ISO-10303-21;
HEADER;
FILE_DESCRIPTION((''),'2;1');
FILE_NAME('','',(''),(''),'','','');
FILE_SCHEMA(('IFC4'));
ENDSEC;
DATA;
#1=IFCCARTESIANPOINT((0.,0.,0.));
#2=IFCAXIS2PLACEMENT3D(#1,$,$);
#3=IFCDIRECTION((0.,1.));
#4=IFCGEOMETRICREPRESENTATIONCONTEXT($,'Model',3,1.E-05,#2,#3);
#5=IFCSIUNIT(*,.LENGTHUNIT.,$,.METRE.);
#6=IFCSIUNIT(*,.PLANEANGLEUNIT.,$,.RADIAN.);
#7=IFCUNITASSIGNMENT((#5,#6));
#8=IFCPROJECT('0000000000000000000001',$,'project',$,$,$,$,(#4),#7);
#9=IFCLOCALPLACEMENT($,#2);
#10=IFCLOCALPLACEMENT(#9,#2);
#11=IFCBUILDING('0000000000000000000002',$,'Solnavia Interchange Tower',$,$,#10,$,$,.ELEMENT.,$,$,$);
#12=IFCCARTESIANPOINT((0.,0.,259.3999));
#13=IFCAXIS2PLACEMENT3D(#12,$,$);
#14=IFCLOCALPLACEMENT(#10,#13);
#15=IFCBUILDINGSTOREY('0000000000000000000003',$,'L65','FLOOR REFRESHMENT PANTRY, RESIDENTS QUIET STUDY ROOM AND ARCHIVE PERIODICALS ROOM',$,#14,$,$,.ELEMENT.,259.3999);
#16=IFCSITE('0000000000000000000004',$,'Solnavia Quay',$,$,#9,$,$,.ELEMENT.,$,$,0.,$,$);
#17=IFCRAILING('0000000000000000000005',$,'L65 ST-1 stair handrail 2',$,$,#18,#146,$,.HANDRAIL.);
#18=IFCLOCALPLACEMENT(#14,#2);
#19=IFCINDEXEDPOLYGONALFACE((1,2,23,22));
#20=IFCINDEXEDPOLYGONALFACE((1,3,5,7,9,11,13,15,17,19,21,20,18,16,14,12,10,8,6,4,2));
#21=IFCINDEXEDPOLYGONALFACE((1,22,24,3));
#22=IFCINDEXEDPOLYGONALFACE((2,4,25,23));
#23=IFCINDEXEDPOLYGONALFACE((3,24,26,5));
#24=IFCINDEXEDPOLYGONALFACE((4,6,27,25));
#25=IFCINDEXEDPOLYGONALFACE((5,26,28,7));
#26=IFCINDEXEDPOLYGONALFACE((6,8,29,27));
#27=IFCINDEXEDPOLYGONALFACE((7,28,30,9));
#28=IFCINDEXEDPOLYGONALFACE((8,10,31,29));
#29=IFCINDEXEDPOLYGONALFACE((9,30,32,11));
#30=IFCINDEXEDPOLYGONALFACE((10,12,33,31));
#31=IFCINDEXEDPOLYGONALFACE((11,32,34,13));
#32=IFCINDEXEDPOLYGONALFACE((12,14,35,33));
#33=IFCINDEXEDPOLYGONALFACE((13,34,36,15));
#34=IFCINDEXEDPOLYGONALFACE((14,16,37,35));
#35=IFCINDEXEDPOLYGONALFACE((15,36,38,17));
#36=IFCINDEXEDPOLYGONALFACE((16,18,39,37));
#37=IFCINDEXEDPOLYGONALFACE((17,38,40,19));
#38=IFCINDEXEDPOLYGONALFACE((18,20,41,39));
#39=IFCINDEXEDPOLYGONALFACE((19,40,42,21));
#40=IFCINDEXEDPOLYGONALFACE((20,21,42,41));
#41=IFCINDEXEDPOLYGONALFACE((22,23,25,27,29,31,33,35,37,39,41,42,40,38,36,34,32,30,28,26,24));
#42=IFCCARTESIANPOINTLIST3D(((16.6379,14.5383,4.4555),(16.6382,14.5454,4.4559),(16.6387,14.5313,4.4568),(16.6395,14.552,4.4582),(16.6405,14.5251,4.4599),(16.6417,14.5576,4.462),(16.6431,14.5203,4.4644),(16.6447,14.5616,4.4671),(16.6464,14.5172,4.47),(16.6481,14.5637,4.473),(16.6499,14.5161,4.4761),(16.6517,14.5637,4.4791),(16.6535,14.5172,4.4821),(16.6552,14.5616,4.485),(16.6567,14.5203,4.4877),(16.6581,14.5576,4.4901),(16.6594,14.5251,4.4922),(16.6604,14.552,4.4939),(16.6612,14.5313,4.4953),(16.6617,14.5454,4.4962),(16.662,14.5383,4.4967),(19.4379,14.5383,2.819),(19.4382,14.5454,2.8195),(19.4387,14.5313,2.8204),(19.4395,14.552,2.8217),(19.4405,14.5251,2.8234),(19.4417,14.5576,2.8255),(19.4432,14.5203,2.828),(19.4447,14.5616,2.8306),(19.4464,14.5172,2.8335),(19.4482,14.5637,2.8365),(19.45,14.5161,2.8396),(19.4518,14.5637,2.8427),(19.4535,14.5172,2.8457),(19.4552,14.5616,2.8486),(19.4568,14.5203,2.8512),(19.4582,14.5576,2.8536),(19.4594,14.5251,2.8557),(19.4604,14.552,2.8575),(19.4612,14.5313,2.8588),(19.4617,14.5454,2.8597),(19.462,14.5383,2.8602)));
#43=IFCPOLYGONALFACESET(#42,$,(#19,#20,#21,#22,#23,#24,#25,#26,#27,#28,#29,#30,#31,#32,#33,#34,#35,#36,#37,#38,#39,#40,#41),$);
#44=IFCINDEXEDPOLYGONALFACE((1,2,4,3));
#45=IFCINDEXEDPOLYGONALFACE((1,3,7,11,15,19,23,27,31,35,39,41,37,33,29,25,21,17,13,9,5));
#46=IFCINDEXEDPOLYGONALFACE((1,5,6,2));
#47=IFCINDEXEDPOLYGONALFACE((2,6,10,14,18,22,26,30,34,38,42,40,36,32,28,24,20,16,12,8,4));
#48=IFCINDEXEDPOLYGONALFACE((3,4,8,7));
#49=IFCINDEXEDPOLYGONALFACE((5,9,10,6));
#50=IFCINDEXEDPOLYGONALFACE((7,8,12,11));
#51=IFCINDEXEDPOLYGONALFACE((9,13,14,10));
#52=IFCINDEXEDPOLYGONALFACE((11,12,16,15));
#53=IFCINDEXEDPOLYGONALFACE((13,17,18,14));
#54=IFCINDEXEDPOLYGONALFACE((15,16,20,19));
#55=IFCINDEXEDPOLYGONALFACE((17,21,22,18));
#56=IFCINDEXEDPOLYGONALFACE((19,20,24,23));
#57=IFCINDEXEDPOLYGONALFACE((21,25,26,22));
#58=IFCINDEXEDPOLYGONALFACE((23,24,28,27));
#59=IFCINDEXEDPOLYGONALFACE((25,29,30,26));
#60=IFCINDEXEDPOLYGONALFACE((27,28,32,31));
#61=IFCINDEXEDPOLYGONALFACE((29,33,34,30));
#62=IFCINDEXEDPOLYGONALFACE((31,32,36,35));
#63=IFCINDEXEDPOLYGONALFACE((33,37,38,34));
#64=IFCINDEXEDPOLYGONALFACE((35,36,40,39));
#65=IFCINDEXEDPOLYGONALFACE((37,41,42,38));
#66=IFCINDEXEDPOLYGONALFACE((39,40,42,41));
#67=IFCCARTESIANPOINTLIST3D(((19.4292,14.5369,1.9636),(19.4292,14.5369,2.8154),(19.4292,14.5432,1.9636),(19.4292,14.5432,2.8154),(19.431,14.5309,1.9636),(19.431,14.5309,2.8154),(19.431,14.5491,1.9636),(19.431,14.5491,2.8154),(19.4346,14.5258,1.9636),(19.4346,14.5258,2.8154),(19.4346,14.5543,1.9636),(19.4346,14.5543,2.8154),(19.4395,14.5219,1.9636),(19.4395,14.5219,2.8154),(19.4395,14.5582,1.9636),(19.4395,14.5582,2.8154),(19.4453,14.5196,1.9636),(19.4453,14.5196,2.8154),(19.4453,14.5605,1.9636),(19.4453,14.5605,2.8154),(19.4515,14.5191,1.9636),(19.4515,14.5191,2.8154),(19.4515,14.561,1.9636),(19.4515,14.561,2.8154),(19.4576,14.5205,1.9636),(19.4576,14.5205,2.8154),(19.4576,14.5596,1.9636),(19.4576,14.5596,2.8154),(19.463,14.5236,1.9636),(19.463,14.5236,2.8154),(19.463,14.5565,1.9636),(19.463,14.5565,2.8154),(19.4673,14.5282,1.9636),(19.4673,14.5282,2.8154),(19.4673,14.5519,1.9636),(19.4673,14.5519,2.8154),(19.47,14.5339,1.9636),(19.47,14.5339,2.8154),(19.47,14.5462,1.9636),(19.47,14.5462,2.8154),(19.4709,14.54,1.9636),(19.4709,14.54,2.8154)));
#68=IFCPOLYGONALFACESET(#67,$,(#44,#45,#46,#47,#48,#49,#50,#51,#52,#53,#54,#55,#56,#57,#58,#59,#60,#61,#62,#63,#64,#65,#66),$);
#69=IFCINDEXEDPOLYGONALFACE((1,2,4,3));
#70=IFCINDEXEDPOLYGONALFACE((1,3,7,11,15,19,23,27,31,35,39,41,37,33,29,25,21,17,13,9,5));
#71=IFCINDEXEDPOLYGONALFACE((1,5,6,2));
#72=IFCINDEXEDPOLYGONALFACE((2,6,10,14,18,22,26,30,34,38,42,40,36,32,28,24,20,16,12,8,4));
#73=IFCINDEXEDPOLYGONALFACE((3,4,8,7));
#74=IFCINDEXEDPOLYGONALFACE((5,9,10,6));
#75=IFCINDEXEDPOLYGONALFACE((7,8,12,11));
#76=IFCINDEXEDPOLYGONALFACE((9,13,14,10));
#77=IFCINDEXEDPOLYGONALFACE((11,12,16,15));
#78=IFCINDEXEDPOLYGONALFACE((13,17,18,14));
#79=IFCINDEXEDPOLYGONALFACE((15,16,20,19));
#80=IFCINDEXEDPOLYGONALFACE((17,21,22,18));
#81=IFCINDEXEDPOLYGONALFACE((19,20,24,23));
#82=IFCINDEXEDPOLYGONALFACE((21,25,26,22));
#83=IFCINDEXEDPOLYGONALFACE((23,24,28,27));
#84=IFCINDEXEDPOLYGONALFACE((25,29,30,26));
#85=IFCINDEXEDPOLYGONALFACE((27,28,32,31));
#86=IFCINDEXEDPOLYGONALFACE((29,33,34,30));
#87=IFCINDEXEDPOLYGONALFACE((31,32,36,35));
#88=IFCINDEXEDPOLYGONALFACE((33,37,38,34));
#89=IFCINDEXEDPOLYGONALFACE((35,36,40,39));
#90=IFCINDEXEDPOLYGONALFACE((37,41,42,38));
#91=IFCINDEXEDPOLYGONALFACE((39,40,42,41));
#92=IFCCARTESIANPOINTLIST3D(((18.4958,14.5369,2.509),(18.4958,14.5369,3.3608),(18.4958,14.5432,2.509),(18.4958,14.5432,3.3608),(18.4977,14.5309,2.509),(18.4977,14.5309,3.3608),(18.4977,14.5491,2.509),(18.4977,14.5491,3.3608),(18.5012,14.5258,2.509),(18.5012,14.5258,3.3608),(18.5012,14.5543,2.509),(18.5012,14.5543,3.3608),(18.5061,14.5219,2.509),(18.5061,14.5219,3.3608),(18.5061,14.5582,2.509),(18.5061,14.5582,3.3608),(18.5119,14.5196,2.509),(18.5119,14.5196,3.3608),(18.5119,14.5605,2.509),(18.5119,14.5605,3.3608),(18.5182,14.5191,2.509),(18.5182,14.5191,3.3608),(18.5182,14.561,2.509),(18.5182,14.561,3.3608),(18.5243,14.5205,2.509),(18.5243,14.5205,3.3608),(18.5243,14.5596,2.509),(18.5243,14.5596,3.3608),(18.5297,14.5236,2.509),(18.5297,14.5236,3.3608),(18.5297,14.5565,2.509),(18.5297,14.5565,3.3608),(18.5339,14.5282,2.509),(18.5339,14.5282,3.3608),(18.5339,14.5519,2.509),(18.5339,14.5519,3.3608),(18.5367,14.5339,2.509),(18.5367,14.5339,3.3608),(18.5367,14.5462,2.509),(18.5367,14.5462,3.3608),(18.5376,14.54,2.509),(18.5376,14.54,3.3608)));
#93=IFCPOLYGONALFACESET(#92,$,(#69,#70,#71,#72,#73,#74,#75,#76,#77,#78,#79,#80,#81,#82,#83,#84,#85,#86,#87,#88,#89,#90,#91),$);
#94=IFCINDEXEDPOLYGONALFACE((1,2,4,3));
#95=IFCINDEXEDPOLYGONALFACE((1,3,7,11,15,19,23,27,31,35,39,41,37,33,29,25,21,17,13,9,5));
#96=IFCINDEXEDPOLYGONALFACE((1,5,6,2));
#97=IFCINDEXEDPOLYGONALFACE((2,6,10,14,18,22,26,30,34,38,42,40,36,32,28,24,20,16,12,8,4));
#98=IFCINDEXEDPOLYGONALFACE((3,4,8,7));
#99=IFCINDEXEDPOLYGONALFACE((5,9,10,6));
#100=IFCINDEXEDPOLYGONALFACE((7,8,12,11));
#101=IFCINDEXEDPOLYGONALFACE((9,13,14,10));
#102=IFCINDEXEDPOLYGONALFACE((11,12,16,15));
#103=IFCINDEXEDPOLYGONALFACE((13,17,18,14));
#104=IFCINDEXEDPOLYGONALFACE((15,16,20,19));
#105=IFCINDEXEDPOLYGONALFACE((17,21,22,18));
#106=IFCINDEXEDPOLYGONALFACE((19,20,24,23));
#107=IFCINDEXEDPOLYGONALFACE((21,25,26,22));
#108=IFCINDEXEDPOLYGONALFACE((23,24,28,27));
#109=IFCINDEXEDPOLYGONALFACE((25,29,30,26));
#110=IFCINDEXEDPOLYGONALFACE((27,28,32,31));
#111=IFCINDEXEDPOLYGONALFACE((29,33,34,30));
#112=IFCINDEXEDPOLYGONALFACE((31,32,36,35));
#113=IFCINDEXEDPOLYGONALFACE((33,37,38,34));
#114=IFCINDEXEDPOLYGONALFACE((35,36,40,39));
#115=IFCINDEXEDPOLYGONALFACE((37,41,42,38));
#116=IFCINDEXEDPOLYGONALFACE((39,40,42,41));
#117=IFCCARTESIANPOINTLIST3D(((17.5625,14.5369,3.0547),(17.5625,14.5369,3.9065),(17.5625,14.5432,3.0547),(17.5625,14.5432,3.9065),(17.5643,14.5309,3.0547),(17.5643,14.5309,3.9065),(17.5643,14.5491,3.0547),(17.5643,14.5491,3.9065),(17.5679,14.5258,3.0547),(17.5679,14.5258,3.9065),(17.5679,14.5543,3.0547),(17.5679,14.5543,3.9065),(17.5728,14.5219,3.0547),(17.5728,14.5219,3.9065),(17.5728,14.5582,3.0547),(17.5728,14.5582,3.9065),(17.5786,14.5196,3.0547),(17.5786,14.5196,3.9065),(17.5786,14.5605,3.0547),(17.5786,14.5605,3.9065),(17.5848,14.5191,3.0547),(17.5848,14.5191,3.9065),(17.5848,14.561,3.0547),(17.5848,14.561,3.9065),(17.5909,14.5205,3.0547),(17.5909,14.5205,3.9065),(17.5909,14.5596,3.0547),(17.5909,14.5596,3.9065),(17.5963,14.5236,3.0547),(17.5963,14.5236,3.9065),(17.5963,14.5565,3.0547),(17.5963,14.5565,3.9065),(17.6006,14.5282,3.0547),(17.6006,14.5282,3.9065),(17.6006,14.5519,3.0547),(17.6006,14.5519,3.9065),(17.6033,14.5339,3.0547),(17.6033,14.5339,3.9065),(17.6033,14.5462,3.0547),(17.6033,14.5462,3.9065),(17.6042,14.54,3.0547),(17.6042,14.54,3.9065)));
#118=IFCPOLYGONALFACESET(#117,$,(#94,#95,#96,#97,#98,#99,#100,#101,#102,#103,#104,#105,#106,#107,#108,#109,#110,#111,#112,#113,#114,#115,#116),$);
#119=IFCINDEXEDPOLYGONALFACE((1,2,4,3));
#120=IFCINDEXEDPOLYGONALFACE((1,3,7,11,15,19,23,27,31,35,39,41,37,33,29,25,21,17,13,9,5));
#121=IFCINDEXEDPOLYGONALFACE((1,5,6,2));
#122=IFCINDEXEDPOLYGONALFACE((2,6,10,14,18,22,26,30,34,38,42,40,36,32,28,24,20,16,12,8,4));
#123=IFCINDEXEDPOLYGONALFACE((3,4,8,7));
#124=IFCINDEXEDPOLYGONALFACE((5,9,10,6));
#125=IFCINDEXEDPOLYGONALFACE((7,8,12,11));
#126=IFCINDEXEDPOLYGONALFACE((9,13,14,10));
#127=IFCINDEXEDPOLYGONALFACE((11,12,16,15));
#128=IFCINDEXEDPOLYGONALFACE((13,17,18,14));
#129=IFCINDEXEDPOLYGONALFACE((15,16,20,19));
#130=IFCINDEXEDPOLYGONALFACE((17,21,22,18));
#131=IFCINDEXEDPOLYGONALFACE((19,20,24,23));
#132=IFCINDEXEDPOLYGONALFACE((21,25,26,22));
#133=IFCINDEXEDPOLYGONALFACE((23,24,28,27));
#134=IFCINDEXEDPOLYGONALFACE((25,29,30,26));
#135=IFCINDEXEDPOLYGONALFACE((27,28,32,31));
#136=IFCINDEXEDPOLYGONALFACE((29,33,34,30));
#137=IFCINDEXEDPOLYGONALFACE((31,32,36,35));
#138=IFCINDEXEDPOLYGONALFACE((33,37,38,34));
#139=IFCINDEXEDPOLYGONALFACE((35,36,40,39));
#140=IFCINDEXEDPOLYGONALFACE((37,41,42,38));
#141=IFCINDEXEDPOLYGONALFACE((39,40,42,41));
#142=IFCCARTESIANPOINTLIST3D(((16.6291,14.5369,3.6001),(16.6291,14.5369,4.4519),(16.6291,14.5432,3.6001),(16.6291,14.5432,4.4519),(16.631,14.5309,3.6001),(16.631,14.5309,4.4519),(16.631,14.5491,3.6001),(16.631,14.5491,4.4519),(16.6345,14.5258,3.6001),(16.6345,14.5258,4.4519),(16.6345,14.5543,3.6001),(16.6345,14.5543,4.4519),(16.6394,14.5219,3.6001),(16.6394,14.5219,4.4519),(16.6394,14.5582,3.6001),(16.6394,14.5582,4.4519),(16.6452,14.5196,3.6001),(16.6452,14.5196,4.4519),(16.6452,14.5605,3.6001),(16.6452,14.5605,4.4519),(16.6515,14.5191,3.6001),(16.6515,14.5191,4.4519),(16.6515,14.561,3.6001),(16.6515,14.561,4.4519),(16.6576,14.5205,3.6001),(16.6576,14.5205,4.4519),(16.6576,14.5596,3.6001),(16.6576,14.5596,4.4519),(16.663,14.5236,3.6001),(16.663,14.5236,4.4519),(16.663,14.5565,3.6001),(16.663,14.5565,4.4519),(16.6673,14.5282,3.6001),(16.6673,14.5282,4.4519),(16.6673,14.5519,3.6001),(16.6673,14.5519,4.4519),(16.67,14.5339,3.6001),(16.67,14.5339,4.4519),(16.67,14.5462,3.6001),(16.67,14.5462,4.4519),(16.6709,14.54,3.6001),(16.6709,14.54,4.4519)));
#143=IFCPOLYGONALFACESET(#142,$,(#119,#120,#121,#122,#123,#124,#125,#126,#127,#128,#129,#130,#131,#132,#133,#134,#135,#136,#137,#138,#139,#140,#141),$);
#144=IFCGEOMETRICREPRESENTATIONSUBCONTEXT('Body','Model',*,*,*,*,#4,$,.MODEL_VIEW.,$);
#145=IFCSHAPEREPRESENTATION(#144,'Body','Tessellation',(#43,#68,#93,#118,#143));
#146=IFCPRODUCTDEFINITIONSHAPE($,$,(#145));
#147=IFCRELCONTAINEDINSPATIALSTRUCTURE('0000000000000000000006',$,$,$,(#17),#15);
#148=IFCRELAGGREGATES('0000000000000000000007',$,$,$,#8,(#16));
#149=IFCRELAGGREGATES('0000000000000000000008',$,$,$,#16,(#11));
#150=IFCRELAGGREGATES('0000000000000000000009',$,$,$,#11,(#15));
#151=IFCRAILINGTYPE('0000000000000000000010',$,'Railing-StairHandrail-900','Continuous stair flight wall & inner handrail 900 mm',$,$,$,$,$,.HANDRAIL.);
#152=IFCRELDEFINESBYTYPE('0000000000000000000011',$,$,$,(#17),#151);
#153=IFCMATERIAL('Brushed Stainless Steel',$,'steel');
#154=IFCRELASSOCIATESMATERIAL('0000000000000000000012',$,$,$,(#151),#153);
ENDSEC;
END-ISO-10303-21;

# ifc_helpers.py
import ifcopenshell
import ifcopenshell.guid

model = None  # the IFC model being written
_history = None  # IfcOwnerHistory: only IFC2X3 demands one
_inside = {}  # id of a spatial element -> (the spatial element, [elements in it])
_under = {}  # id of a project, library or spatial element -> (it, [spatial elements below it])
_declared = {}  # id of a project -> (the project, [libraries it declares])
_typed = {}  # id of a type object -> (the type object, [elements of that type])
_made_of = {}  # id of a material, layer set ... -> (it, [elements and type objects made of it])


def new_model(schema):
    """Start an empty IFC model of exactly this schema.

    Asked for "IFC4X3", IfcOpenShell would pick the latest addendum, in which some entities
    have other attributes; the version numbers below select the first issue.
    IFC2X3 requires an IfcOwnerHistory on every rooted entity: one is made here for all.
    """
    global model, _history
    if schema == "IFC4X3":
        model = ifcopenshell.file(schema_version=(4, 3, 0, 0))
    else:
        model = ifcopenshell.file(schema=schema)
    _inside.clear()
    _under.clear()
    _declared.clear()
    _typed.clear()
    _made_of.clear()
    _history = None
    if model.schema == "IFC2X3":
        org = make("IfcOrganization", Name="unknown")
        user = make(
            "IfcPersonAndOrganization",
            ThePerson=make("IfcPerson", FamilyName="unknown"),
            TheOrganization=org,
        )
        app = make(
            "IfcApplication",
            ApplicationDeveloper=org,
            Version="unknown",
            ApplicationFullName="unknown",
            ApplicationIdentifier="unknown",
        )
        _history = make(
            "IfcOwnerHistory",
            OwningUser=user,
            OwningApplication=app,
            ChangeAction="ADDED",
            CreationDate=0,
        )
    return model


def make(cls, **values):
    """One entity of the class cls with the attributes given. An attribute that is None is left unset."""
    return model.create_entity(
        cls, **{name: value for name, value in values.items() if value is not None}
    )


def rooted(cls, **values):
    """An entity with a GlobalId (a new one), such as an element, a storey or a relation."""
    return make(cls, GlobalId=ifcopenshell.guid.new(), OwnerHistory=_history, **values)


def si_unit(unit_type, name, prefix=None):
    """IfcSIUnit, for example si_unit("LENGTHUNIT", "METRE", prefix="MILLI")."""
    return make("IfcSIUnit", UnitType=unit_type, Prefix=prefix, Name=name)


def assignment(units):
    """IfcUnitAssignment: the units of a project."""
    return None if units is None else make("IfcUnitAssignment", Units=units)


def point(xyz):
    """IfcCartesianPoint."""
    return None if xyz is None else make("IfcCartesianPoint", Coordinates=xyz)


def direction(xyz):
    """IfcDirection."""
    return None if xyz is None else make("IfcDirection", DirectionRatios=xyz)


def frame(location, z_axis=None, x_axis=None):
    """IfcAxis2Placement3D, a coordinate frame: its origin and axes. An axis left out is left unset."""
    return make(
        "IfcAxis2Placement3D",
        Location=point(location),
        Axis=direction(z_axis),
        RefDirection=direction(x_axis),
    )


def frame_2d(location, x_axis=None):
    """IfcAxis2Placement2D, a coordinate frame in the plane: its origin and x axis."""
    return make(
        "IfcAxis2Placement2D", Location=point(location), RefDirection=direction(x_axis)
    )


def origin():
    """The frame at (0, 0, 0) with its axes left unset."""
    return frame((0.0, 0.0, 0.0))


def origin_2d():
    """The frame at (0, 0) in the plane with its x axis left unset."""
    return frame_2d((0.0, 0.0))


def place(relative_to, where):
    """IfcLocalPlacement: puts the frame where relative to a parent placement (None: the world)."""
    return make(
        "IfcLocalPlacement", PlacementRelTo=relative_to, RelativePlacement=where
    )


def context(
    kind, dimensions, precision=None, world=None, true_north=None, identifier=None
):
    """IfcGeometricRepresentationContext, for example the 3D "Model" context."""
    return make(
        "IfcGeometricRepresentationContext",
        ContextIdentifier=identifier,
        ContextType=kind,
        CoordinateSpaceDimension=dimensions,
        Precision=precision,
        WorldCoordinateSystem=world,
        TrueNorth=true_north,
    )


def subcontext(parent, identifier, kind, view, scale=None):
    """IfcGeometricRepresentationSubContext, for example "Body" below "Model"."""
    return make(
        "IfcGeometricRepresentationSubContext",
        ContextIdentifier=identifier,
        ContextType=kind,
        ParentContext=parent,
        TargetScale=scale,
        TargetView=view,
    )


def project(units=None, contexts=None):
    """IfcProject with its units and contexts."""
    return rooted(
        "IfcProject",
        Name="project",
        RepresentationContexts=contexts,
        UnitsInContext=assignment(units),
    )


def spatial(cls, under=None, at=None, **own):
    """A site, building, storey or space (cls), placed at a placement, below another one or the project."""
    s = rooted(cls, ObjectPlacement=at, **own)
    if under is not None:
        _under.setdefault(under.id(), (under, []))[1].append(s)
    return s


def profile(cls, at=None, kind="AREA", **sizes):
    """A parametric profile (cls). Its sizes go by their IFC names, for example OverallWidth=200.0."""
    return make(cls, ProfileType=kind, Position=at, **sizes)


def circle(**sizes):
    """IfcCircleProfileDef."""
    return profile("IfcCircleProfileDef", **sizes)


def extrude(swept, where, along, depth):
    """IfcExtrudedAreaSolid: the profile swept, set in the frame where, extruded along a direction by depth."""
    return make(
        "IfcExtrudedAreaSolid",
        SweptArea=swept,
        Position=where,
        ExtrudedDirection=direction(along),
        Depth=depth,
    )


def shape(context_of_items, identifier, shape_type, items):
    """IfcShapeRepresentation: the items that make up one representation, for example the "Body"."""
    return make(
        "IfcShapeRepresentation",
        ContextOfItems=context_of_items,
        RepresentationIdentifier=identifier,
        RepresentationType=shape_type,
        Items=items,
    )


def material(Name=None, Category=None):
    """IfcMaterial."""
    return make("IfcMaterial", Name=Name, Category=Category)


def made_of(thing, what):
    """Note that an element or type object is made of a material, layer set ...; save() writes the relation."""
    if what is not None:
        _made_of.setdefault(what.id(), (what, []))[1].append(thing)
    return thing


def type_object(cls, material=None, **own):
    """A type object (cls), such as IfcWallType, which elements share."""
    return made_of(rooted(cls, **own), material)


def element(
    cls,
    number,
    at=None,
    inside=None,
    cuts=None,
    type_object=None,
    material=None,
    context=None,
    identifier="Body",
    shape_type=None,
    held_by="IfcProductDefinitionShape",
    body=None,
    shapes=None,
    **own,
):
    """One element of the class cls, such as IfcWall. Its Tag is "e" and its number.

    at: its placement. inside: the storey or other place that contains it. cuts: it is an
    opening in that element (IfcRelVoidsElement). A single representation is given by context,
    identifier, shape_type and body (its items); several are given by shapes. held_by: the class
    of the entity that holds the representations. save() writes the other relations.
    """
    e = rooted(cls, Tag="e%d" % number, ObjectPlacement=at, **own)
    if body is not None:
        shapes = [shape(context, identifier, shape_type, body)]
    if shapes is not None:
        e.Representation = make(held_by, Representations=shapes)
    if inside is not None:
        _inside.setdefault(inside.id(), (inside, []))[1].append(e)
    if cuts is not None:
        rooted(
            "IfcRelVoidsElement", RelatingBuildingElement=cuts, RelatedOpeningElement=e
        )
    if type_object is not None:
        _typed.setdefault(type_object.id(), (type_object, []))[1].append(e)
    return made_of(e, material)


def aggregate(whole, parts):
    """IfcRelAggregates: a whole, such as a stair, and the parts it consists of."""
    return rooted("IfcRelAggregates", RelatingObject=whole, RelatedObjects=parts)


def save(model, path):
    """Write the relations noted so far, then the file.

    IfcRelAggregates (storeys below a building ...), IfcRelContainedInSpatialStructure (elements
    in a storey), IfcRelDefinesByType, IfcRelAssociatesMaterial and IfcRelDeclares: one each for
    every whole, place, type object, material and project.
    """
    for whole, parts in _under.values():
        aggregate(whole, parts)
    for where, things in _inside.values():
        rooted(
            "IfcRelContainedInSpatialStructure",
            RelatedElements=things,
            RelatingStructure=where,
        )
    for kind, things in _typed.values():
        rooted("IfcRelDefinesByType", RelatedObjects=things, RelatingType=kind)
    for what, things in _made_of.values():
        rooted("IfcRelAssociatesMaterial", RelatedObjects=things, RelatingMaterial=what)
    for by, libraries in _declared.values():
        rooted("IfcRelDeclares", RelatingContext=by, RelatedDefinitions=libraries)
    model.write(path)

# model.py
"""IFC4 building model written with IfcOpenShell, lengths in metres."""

from ifc_helpers import new_model, si_unit, direction, frame, origin, origin_2d, place, context, subcontext, project, spatial, circle, extrude, material, type_object, element, save


model = new_model("IFC4")

# Units and contexts
model_context = context("Model", 3, precision=1e-05, world=origin(), true_north=direction((0.0, 1.0)))
body_context = subcontext(model_context, "Body", "Model", "MODEL_VIEW")
ifc_project = project(units=[si_unit("LENGTHUNIT", "METRE"), si_unit("PLANEANGLEUNIT", "RADIAN")], contexts=[model_context])

# Site, building, storey
site_placement = place(None, origin())
site = spatial("IfcSite", under=ifc_project, at=site_placement, Name="Solnavia Quay", CompositionType="ELEMENT", RefElevation=0.0)
building_placement = place(site_placement, origin())
building = spatial("IfcBuilding", under=site, at=building_placement, Name="Solnavia Interchange Tower", CompositionType="ELEMENT")
storey_placement = place(building_placement, frame((0.0, 0.0, 259.3999)))
storey = spatial("IfcBuildingStorey", under=building, at=storey_placement, Name="L65", Description="FLOOR REFRESHMENT PANTRY, RESIDENTS QUIET STUDY ROOM AND ARCHIVE PERIODICALS ROOM", CompositionType="ELEMENT", Elevation=259.3999)

# Railing
ifc_material_1 = material(Name="Brushed Stainless Steel", Category="steel")
railing_type_1 = type_object("IfcRailingType", Name="Railing-StairHandrail-900", Description="Continuous stair flight wall & inner handrail 900 mm", PredefinedType="HANDRAIL", material=ifc_material_1)
railing_1_placement = place(storey_placement, frame((19.45, 14.54, 1.9636)))
element("IfcRailing", 1, at=railing_1_placement, inside=storey, type_object=railing_type_1, Name="L65 ST-1 stair handrail 2", PredefinedType="HANDRAIL", context=body_context, shape_type="SweptSolid", body=[
    extrude(circle(Radius=0.0239, at=origin_2d()), frame((0.0, 0.0, 0.876), z_axis=(-0.863361, 0.0, 0.504587), x_axis=(0.0, -1.0, 0.0)), (0.0, 0.0, 1.0), 3.2432),
    extrude(circle(Radius=0.021, at=origin_2d()), origin(), (0.0, 0.0, 1.0), 0.8518),
    extrude(circle(Radius=0.021, at=origin_2d()), frame((-0.9333, 0.0, 0.5454)), (0.0, 0.0, 1.0), 0.8518),
    extrude(circle(Radius=0.021, at=origin_2d()), frame((-1.8667, 0.0, 1.0911)), (0.0, 0.0, 1.0), 0.8518),
    extrude(circle(Radius=0.021, at=origin_2d()), frame((-2.8, 0.0, 1.6365)), (0.0, 0.0, 1.0), 0.8518),
])

save(model, "model.ifc")
